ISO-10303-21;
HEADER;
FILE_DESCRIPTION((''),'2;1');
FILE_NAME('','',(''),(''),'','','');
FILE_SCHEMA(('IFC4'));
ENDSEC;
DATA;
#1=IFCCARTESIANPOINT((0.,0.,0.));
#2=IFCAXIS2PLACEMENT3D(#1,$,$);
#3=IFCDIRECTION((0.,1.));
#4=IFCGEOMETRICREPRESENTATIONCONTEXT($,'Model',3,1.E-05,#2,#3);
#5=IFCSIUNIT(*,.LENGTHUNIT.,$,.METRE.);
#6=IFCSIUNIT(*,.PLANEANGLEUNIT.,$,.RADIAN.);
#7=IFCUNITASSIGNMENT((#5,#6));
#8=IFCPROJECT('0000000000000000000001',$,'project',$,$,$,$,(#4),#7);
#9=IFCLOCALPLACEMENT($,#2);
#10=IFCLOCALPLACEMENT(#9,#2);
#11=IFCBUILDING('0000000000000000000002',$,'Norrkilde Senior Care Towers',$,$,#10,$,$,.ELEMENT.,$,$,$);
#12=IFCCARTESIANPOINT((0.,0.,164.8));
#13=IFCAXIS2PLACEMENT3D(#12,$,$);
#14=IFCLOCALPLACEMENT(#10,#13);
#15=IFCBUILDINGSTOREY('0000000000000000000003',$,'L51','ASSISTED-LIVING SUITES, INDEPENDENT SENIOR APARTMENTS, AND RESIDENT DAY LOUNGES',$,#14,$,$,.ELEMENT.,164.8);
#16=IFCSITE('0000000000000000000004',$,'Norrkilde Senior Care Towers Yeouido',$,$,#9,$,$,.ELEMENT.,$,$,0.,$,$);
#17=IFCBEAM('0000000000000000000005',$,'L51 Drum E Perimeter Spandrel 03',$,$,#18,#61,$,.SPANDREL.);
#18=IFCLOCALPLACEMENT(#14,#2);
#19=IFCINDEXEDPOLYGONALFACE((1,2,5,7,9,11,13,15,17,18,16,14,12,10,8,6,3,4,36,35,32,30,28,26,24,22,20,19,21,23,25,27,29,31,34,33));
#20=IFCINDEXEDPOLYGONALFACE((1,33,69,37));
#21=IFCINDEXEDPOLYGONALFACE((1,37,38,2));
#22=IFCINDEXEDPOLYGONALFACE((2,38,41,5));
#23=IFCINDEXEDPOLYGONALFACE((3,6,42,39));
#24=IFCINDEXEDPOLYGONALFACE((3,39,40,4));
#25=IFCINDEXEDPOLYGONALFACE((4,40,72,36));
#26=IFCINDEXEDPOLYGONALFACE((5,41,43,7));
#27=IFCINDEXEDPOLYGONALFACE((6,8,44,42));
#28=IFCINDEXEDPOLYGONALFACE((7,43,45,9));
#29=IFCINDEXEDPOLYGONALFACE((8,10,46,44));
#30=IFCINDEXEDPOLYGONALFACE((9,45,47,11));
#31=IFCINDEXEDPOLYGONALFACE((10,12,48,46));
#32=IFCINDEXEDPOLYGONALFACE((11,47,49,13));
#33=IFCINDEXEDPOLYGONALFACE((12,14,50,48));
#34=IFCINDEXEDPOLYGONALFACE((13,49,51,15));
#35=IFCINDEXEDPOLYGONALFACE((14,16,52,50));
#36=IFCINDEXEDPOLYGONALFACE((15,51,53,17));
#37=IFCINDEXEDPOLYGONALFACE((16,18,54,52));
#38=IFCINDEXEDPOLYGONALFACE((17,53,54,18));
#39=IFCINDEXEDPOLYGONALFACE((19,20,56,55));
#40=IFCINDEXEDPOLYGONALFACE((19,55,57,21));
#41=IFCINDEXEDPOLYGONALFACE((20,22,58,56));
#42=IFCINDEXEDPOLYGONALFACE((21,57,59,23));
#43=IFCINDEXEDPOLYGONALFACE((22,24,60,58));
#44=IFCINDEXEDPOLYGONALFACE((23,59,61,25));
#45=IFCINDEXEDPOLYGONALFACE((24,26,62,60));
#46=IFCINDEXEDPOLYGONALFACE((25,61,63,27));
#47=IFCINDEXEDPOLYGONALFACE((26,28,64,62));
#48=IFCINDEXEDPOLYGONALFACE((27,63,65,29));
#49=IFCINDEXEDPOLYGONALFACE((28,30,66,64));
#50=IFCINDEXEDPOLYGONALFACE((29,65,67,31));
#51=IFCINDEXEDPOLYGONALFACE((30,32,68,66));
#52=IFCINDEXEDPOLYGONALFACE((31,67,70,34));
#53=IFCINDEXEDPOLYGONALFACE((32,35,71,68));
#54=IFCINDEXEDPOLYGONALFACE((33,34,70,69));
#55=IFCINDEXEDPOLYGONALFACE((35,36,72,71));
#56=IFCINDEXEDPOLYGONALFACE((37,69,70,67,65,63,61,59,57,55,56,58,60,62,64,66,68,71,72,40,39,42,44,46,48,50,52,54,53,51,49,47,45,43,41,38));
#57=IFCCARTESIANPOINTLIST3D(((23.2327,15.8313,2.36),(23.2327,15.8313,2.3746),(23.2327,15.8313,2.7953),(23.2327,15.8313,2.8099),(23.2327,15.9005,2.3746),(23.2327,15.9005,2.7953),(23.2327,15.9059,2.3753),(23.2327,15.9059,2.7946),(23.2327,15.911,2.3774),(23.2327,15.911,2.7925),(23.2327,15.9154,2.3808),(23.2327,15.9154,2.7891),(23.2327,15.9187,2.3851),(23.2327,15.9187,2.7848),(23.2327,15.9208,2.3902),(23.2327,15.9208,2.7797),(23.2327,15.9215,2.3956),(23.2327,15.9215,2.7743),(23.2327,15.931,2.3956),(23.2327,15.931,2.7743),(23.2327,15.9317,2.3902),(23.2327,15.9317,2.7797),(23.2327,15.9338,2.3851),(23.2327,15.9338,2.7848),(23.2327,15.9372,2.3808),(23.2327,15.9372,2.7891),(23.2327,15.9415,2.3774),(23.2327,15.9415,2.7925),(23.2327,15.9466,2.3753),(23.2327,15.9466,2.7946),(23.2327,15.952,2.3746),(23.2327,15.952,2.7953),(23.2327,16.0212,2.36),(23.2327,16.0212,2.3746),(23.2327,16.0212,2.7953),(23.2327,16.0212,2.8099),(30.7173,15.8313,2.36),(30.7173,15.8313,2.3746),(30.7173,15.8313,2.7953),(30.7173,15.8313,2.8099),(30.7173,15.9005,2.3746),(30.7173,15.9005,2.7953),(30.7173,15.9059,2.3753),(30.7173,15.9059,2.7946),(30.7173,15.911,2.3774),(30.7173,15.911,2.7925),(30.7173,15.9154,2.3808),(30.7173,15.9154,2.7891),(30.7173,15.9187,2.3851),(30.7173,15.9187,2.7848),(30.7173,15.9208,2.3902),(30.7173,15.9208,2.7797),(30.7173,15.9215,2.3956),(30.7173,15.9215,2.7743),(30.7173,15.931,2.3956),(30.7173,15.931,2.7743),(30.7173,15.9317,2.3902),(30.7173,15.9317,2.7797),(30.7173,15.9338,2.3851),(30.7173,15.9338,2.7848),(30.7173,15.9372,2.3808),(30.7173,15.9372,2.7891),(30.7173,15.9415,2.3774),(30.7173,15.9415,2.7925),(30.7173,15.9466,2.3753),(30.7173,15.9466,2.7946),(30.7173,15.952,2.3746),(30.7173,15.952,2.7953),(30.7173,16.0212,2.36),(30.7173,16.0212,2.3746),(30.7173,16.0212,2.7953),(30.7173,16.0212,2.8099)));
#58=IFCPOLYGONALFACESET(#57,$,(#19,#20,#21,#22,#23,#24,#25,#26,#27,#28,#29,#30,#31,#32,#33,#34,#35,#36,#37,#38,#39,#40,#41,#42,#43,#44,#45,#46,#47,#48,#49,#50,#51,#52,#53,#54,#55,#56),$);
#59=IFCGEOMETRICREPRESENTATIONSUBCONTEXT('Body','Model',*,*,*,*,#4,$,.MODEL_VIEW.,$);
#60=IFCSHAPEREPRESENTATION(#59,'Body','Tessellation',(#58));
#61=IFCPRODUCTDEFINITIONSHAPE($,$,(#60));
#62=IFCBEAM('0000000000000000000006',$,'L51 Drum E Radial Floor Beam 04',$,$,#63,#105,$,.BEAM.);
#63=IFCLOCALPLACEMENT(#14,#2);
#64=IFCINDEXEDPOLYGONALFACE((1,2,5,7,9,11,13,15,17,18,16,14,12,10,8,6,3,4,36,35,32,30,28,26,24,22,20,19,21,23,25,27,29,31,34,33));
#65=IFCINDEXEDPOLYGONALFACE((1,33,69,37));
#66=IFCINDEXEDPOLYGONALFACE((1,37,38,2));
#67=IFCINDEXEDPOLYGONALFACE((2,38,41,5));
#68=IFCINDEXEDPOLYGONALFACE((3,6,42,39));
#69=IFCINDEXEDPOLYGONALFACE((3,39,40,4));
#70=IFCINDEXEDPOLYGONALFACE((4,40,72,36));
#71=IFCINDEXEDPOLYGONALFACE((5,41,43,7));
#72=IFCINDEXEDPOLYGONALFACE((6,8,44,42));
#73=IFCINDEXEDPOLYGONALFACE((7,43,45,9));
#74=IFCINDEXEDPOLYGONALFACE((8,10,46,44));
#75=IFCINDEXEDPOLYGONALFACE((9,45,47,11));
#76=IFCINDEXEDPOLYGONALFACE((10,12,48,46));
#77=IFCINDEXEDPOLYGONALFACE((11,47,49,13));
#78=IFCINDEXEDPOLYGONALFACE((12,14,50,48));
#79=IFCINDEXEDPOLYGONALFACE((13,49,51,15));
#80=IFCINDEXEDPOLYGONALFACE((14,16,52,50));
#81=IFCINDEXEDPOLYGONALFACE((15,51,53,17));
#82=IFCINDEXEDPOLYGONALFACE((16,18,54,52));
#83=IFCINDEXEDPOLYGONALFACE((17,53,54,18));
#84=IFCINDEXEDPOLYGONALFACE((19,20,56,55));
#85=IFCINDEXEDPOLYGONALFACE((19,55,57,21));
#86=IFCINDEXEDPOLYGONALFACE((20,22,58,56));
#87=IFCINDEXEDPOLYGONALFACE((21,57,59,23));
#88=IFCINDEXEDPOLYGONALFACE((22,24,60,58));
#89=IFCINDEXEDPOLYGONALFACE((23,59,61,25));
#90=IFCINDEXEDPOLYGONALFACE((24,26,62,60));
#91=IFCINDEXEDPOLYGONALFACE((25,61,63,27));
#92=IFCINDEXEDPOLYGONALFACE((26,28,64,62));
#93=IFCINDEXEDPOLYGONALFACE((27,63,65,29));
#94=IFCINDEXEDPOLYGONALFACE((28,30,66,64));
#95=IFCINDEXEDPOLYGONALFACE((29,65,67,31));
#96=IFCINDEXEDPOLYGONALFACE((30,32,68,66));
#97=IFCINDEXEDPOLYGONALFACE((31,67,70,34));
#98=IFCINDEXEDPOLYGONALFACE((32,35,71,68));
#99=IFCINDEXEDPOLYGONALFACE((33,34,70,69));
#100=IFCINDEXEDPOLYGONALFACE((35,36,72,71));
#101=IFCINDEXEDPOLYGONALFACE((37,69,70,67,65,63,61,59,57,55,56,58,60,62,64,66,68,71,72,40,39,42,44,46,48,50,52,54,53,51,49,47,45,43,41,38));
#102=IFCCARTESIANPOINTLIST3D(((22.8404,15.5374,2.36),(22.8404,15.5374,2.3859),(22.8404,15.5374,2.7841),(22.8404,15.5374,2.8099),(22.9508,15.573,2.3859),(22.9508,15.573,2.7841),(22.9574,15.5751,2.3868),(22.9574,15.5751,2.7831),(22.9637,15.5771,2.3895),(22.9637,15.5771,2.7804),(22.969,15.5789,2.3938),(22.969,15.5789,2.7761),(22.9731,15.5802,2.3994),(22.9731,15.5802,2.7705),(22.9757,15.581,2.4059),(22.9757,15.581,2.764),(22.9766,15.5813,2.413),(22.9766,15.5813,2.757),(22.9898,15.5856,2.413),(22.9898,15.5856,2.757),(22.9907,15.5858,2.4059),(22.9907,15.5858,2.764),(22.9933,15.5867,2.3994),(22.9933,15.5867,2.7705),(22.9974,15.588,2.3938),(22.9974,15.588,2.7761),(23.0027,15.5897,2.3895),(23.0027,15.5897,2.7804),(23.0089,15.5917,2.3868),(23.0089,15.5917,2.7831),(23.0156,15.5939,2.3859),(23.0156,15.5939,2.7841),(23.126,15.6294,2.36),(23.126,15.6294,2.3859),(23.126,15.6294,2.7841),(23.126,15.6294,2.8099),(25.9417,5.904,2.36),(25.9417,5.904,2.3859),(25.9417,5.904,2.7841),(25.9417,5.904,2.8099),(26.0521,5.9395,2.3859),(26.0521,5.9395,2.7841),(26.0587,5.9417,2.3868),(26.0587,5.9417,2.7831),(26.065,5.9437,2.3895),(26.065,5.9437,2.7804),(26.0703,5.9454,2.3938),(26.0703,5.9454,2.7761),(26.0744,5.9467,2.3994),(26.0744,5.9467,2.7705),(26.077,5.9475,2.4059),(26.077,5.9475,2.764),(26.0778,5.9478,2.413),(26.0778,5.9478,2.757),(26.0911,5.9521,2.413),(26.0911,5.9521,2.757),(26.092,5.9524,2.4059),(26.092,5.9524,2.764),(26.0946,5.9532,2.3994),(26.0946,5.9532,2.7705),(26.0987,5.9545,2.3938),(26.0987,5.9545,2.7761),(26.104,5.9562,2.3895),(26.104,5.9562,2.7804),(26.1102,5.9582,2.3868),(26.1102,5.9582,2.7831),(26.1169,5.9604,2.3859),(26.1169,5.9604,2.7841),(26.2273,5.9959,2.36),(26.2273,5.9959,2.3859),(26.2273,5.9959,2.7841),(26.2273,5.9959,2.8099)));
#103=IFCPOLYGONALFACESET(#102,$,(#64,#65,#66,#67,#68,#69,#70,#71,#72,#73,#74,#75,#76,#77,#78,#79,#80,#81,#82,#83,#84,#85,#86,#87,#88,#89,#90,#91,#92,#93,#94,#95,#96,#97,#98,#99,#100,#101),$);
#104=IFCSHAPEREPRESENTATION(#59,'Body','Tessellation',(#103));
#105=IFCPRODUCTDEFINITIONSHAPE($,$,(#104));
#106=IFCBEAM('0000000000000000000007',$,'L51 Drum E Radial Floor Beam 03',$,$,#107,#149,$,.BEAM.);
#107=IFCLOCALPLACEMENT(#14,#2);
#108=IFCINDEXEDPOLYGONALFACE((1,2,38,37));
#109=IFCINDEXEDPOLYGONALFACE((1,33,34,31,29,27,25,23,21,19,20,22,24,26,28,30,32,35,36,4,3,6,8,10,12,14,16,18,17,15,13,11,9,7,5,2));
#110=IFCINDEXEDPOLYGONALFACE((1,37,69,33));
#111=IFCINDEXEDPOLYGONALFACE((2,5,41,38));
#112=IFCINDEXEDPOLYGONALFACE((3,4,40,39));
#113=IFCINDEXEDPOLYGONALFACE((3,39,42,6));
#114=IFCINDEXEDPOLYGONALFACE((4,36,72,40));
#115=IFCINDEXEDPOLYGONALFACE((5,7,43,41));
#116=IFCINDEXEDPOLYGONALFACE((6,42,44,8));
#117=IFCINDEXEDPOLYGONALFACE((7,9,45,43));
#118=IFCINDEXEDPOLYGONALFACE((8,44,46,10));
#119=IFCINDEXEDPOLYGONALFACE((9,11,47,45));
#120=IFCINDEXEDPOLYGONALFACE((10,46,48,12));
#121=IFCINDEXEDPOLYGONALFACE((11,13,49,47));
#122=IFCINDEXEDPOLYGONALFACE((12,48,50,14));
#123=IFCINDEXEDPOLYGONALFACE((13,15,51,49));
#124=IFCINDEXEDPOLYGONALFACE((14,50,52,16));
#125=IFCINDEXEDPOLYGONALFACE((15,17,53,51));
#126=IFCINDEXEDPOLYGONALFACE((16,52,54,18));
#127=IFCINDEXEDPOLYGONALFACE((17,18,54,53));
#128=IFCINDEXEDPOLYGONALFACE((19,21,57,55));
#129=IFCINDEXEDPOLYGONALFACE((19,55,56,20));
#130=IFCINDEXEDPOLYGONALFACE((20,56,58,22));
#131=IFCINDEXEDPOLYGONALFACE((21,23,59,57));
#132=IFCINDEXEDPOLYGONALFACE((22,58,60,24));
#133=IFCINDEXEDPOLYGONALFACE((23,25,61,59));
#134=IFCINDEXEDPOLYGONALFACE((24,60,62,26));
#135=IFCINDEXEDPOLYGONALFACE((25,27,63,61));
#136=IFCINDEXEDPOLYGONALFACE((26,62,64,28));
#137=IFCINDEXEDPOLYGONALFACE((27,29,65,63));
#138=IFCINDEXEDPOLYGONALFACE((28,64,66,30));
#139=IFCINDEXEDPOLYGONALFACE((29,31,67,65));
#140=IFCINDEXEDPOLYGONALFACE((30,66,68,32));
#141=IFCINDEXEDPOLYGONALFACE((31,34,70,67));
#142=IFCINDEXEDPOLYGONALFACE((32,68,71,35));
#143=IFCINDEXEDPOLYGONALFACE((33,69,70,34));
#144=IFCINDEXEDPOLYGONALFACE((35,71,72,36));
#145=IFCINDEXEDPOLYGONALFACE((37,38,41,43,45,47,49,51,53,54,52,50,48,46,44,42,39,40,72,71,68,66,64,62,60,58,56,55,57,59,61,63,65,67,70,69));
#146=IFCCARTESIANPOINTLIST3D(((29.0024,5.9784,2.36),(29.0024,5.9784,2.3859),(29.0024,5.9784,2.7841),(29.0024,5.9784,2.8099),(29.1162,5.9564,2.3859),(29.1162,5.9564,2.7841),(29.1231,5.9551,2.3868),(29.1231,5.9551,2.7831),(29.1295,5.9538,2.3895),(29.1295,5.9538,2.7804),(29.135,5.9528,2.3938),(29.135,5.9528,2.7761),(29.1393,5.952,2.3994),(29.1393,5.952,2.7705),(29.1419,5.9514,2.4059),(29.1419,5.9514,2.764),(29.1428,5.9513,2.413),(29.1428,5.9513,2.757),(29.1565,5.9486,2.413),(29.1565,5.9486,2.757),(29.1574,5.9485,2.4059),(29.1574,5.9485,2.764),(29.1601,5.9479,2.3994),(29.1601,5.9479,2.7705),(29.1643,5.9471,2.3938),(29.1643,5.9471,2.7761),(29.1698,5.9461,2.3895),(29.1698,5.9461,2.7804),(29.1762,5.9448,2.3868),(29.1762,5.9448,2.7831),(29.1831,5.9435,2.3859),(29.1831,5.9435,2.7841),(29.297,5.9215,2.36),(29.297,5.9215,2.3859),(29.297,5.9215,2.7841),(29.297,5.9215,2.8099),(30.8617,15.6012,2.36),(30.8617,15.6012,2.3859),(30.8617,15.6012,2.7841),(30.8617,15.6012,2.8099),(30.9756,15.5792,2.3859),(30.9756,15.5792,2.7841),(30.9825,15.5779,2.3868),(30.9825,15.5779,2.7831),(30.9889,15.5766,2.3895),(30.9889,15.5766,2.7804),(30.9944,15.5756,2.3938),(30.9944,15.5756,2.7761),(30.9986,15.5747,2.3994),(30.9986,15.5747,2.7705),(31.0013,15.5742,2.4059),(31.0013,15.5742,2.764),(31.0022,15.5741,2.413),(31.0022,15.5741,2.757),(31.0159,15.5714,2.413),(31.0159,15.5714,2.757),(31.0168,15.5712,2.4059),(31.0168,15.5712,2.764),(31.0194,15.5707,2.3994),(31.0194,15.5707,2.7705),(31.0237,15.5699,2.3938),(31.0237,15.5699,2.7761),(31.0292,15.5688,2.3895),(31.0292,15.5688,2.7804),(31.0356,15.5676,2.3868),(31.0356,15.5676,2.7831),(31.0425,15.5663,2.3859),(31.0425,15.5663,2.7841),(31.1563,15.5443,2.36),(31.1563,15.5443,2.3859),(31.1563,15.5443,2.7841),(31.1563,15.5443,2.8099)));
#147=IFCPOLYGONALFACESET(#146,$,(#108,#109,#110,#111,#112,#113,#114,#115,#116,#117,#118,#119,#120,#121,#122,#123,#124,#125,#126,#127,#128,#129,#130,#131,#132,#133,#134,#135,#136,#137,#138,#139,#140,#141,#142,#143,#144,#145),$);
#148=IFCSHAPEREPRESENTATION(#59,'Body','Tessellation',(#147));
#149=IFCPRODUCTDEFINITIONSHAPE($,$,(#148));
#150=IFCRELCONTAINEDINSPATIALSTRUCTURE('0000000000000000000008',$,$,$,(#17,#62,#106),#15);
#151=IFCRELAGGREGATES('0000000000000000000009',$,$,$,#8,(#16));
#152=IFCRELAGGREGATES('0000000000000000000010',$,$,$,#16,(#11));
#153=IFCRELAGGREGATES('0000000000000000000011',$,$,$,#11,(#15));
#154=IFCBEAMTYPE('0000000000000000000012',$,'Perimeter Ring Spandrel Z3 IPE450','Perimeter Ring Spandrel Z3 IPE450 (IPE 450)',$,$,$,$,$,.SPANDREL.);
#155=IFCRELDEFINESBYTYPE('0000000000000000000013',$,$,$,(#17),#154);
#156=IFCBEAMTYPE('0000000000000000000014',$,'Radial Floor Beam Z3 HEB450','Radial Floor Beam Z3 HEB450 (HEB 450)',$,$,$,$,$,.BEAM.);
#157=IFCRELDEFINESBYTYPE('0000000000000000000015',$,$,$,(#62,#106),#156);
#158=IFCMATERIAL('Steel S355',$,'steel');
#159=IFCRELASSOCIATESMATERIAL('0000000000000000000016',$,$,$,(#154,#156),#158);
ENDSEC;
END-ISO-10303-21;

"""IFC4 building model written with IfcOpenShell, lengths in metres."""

from ifc_helpers import new_model, si_unit, direction, frame, origin, origin_2d, place, context, subcontext, project, spatial, i_section, extrude, source, transform, mapped, material, material_profile, profile_set, type_object, element, save


model = new_model("IFC4")

# Units and contexts
model_context = context("Model", 3, precision=1e-05, world=origin(), true_north=direction((0.0, 1.0)))
body_context = subcontext(model_context, "Body", "Model", "MODEL_VIEW")
ifc_project = project(units=[si_unit("LENGTHUNIT", "METRE"), si_unit("PLANEANGLEUNIT", "RADIAN")], contexts=[model_context])

# Site, building, storey
site_placement = place(None, origin())
site = spatial("IfcSite", under=ifc_project, at=site_placement, Name="Norrkilde Senior Care Towers Yeouido", CompositionType="ELEMENT", RefElevation=0.0)
building_placement = place(site_placement, origin())
building = spatial("IfcBuilding", under=site, at=building_placement, Name="Norrkilde Senior Care Towers", CompositionType="ELEMENT")
storey_placement = place(building_placement, frame((0.0, 0.0, 164.8)))
storey = spatial("IfcBuildingStorey", under=building, at=storey_placement, Name="L51", Description="ASSISTED-LIVING SUITES, INDEPENDENT SENIOR APARTMENTS, AND RESIDENT DAY LOUNGES", CompositionType="ELEMENT", Elevation=164.8)

# Beams
ifc_material_1 = material(Name="Steel S355", Category="steel")
ifc_material_profile_1 = material_profile(ifc_material_1, i_section(OverallWidth=0.1899, OverallDepth=0.45, WebThickness=0.0095, FlangeThickness=0.0146, FilletRadius=0.021, at=origin_2d()), Name="IPE 450")
ifc_profile_set_1 = profile_set([ifc_material_profile_1], Name="Steel S355")
beam_type_1 = type_object("IfcBeamType", Name="Perimeter Ring Spandrel Z3 IPE450", Description="Perimeter Ring Spandrel Z3 IPE450 (IPE 450)", PredefinedType="SPANDREL", material=ifc_profile_set_1)
shared_shape_1 = source(origin(), body_context, "Body", "SweptSolid", [
    extrude(i_section(OverallWidth=0.1899, OverallDepth=0.45, WebThickness=0.0095, FlangeThickness=0.0146, FilletRadius=0.021, at=origin_2d()), origin(), (0.0, 0.0, 1.0), 7.4846),
])
beam_1_placement = place(storey_placement, frame((30.7173, 15.9263, 2.585), z_axis=(-1.0, 0.0, 0.0), x_axis=(0.0, -1.0, 0.0)))
element("IfcBeam", 1, at=beam_1_placement, inside=storey, type_object=beam_type_1, Name="L51 Drum E Perimeter Spandrel 03", PredefinedType="SPANDREL", context=body_context, shape_type="MappedRepresentation", body=[
    mapped(shared_shape_1, transform((0.0, 0.0, 0.0), x_axis=(1.0, 0.0, 0.0), y_axis=(0.0, 1.0, 0.0), z_axis=(0.0, 0.0, 1.0), scale=1.0)),
])
ifc_material_profile_2 = material_profile(ifc_material_1, i_section(OverallWidth=0.3, OverallDepth=0.45, WebThickness=0.0139, FlangeThickness=0.0259, FilletRadius=0.0271, at=origin_2d()), Name="HEB 450")
ifc_profile_set_2 = profile_set([ifc_material_profile_2], Name="Steel S355")
beam_type_2 = type_object("IfcBeamType", Name="Radial Floor Beam Z3 HEB450", Description="Radial Floor Beam Z3 HEB450 (HEB 450)", PredefinedType="BEAM", material=ifc_profile_set_2)
shared_shape_2 = source(origin(), body_context, "Body", "SweptSolid", [
    extrude(i_section(OverallWidth=0.3, OverallDepth=0.45, WebThickness=0.0139, FlangeThickness=0.0259, FilletRadius=0.0271, at=origin_2d()), origin(), (0.0, 0.0, 1.0), 10.1204),
])
beam_2_placement = place(storey_placement, frame((26.0845, 5.95, 2.585), z_axis=(-0.306441, 0.95189, 0.0), x_axis=(-0.95189, -0.306441, 0.0)))
element("IfcBeam", 2, at=beam_2_placement, inside=storey, type_object=beam_type_2, Name="L51 Drum E Radial Floor Beam 04", PredefinedType="BEAM", context=body_context, shape_type="MappedRepresentation", body=[
    mapped(shared_shape_2, transform((0.0, 0.0, 0.0), x_axis=(1.0, 0.0, 0.0), y_axis=(0.0, 1.0, 0.0), z_axis=(0.0, 0.0, 1.0), scale=1.0)),
])
shared_shape_3 = source(origin(), body_context, "Body", "SweptSolid", [
    extrude(i_section(OverallWidth=0.3, OverallDepth=0.45, WebThickness=0.0139, FlangeThickness=0.0259, FilletRadius=0.0271, at=origin_2d()), origin(), (0.0, 0.0, 1.0), 9.8008),
])
beam_3_placement = place(storey_placement, frame((29.1497, 5.95, 2.585), z_axis=(0.189717, 0.981839, 0.0), x_axis=(-0.981839, 0.189717, 0.0)))
element("IfcBeam", 3, at=beam_3_placement, inside=storey, type_object=beam_type_2, Name="L51 Drum E Radial Floor Beam 03", PredefinedType="BEAM", context=body_context, shape_type="MappedRepresentation", body=[
    mapped(shared_shape_3, transform((0.0, 0.0, 0.0), x_axis=(1.0, 0.0, 0.0), y_axis=(0.0, 1.0, 0.0), z_axis=(0.0, 0.0, 1.0), scale=1.0)),
])

save(model, "model.ifc")
